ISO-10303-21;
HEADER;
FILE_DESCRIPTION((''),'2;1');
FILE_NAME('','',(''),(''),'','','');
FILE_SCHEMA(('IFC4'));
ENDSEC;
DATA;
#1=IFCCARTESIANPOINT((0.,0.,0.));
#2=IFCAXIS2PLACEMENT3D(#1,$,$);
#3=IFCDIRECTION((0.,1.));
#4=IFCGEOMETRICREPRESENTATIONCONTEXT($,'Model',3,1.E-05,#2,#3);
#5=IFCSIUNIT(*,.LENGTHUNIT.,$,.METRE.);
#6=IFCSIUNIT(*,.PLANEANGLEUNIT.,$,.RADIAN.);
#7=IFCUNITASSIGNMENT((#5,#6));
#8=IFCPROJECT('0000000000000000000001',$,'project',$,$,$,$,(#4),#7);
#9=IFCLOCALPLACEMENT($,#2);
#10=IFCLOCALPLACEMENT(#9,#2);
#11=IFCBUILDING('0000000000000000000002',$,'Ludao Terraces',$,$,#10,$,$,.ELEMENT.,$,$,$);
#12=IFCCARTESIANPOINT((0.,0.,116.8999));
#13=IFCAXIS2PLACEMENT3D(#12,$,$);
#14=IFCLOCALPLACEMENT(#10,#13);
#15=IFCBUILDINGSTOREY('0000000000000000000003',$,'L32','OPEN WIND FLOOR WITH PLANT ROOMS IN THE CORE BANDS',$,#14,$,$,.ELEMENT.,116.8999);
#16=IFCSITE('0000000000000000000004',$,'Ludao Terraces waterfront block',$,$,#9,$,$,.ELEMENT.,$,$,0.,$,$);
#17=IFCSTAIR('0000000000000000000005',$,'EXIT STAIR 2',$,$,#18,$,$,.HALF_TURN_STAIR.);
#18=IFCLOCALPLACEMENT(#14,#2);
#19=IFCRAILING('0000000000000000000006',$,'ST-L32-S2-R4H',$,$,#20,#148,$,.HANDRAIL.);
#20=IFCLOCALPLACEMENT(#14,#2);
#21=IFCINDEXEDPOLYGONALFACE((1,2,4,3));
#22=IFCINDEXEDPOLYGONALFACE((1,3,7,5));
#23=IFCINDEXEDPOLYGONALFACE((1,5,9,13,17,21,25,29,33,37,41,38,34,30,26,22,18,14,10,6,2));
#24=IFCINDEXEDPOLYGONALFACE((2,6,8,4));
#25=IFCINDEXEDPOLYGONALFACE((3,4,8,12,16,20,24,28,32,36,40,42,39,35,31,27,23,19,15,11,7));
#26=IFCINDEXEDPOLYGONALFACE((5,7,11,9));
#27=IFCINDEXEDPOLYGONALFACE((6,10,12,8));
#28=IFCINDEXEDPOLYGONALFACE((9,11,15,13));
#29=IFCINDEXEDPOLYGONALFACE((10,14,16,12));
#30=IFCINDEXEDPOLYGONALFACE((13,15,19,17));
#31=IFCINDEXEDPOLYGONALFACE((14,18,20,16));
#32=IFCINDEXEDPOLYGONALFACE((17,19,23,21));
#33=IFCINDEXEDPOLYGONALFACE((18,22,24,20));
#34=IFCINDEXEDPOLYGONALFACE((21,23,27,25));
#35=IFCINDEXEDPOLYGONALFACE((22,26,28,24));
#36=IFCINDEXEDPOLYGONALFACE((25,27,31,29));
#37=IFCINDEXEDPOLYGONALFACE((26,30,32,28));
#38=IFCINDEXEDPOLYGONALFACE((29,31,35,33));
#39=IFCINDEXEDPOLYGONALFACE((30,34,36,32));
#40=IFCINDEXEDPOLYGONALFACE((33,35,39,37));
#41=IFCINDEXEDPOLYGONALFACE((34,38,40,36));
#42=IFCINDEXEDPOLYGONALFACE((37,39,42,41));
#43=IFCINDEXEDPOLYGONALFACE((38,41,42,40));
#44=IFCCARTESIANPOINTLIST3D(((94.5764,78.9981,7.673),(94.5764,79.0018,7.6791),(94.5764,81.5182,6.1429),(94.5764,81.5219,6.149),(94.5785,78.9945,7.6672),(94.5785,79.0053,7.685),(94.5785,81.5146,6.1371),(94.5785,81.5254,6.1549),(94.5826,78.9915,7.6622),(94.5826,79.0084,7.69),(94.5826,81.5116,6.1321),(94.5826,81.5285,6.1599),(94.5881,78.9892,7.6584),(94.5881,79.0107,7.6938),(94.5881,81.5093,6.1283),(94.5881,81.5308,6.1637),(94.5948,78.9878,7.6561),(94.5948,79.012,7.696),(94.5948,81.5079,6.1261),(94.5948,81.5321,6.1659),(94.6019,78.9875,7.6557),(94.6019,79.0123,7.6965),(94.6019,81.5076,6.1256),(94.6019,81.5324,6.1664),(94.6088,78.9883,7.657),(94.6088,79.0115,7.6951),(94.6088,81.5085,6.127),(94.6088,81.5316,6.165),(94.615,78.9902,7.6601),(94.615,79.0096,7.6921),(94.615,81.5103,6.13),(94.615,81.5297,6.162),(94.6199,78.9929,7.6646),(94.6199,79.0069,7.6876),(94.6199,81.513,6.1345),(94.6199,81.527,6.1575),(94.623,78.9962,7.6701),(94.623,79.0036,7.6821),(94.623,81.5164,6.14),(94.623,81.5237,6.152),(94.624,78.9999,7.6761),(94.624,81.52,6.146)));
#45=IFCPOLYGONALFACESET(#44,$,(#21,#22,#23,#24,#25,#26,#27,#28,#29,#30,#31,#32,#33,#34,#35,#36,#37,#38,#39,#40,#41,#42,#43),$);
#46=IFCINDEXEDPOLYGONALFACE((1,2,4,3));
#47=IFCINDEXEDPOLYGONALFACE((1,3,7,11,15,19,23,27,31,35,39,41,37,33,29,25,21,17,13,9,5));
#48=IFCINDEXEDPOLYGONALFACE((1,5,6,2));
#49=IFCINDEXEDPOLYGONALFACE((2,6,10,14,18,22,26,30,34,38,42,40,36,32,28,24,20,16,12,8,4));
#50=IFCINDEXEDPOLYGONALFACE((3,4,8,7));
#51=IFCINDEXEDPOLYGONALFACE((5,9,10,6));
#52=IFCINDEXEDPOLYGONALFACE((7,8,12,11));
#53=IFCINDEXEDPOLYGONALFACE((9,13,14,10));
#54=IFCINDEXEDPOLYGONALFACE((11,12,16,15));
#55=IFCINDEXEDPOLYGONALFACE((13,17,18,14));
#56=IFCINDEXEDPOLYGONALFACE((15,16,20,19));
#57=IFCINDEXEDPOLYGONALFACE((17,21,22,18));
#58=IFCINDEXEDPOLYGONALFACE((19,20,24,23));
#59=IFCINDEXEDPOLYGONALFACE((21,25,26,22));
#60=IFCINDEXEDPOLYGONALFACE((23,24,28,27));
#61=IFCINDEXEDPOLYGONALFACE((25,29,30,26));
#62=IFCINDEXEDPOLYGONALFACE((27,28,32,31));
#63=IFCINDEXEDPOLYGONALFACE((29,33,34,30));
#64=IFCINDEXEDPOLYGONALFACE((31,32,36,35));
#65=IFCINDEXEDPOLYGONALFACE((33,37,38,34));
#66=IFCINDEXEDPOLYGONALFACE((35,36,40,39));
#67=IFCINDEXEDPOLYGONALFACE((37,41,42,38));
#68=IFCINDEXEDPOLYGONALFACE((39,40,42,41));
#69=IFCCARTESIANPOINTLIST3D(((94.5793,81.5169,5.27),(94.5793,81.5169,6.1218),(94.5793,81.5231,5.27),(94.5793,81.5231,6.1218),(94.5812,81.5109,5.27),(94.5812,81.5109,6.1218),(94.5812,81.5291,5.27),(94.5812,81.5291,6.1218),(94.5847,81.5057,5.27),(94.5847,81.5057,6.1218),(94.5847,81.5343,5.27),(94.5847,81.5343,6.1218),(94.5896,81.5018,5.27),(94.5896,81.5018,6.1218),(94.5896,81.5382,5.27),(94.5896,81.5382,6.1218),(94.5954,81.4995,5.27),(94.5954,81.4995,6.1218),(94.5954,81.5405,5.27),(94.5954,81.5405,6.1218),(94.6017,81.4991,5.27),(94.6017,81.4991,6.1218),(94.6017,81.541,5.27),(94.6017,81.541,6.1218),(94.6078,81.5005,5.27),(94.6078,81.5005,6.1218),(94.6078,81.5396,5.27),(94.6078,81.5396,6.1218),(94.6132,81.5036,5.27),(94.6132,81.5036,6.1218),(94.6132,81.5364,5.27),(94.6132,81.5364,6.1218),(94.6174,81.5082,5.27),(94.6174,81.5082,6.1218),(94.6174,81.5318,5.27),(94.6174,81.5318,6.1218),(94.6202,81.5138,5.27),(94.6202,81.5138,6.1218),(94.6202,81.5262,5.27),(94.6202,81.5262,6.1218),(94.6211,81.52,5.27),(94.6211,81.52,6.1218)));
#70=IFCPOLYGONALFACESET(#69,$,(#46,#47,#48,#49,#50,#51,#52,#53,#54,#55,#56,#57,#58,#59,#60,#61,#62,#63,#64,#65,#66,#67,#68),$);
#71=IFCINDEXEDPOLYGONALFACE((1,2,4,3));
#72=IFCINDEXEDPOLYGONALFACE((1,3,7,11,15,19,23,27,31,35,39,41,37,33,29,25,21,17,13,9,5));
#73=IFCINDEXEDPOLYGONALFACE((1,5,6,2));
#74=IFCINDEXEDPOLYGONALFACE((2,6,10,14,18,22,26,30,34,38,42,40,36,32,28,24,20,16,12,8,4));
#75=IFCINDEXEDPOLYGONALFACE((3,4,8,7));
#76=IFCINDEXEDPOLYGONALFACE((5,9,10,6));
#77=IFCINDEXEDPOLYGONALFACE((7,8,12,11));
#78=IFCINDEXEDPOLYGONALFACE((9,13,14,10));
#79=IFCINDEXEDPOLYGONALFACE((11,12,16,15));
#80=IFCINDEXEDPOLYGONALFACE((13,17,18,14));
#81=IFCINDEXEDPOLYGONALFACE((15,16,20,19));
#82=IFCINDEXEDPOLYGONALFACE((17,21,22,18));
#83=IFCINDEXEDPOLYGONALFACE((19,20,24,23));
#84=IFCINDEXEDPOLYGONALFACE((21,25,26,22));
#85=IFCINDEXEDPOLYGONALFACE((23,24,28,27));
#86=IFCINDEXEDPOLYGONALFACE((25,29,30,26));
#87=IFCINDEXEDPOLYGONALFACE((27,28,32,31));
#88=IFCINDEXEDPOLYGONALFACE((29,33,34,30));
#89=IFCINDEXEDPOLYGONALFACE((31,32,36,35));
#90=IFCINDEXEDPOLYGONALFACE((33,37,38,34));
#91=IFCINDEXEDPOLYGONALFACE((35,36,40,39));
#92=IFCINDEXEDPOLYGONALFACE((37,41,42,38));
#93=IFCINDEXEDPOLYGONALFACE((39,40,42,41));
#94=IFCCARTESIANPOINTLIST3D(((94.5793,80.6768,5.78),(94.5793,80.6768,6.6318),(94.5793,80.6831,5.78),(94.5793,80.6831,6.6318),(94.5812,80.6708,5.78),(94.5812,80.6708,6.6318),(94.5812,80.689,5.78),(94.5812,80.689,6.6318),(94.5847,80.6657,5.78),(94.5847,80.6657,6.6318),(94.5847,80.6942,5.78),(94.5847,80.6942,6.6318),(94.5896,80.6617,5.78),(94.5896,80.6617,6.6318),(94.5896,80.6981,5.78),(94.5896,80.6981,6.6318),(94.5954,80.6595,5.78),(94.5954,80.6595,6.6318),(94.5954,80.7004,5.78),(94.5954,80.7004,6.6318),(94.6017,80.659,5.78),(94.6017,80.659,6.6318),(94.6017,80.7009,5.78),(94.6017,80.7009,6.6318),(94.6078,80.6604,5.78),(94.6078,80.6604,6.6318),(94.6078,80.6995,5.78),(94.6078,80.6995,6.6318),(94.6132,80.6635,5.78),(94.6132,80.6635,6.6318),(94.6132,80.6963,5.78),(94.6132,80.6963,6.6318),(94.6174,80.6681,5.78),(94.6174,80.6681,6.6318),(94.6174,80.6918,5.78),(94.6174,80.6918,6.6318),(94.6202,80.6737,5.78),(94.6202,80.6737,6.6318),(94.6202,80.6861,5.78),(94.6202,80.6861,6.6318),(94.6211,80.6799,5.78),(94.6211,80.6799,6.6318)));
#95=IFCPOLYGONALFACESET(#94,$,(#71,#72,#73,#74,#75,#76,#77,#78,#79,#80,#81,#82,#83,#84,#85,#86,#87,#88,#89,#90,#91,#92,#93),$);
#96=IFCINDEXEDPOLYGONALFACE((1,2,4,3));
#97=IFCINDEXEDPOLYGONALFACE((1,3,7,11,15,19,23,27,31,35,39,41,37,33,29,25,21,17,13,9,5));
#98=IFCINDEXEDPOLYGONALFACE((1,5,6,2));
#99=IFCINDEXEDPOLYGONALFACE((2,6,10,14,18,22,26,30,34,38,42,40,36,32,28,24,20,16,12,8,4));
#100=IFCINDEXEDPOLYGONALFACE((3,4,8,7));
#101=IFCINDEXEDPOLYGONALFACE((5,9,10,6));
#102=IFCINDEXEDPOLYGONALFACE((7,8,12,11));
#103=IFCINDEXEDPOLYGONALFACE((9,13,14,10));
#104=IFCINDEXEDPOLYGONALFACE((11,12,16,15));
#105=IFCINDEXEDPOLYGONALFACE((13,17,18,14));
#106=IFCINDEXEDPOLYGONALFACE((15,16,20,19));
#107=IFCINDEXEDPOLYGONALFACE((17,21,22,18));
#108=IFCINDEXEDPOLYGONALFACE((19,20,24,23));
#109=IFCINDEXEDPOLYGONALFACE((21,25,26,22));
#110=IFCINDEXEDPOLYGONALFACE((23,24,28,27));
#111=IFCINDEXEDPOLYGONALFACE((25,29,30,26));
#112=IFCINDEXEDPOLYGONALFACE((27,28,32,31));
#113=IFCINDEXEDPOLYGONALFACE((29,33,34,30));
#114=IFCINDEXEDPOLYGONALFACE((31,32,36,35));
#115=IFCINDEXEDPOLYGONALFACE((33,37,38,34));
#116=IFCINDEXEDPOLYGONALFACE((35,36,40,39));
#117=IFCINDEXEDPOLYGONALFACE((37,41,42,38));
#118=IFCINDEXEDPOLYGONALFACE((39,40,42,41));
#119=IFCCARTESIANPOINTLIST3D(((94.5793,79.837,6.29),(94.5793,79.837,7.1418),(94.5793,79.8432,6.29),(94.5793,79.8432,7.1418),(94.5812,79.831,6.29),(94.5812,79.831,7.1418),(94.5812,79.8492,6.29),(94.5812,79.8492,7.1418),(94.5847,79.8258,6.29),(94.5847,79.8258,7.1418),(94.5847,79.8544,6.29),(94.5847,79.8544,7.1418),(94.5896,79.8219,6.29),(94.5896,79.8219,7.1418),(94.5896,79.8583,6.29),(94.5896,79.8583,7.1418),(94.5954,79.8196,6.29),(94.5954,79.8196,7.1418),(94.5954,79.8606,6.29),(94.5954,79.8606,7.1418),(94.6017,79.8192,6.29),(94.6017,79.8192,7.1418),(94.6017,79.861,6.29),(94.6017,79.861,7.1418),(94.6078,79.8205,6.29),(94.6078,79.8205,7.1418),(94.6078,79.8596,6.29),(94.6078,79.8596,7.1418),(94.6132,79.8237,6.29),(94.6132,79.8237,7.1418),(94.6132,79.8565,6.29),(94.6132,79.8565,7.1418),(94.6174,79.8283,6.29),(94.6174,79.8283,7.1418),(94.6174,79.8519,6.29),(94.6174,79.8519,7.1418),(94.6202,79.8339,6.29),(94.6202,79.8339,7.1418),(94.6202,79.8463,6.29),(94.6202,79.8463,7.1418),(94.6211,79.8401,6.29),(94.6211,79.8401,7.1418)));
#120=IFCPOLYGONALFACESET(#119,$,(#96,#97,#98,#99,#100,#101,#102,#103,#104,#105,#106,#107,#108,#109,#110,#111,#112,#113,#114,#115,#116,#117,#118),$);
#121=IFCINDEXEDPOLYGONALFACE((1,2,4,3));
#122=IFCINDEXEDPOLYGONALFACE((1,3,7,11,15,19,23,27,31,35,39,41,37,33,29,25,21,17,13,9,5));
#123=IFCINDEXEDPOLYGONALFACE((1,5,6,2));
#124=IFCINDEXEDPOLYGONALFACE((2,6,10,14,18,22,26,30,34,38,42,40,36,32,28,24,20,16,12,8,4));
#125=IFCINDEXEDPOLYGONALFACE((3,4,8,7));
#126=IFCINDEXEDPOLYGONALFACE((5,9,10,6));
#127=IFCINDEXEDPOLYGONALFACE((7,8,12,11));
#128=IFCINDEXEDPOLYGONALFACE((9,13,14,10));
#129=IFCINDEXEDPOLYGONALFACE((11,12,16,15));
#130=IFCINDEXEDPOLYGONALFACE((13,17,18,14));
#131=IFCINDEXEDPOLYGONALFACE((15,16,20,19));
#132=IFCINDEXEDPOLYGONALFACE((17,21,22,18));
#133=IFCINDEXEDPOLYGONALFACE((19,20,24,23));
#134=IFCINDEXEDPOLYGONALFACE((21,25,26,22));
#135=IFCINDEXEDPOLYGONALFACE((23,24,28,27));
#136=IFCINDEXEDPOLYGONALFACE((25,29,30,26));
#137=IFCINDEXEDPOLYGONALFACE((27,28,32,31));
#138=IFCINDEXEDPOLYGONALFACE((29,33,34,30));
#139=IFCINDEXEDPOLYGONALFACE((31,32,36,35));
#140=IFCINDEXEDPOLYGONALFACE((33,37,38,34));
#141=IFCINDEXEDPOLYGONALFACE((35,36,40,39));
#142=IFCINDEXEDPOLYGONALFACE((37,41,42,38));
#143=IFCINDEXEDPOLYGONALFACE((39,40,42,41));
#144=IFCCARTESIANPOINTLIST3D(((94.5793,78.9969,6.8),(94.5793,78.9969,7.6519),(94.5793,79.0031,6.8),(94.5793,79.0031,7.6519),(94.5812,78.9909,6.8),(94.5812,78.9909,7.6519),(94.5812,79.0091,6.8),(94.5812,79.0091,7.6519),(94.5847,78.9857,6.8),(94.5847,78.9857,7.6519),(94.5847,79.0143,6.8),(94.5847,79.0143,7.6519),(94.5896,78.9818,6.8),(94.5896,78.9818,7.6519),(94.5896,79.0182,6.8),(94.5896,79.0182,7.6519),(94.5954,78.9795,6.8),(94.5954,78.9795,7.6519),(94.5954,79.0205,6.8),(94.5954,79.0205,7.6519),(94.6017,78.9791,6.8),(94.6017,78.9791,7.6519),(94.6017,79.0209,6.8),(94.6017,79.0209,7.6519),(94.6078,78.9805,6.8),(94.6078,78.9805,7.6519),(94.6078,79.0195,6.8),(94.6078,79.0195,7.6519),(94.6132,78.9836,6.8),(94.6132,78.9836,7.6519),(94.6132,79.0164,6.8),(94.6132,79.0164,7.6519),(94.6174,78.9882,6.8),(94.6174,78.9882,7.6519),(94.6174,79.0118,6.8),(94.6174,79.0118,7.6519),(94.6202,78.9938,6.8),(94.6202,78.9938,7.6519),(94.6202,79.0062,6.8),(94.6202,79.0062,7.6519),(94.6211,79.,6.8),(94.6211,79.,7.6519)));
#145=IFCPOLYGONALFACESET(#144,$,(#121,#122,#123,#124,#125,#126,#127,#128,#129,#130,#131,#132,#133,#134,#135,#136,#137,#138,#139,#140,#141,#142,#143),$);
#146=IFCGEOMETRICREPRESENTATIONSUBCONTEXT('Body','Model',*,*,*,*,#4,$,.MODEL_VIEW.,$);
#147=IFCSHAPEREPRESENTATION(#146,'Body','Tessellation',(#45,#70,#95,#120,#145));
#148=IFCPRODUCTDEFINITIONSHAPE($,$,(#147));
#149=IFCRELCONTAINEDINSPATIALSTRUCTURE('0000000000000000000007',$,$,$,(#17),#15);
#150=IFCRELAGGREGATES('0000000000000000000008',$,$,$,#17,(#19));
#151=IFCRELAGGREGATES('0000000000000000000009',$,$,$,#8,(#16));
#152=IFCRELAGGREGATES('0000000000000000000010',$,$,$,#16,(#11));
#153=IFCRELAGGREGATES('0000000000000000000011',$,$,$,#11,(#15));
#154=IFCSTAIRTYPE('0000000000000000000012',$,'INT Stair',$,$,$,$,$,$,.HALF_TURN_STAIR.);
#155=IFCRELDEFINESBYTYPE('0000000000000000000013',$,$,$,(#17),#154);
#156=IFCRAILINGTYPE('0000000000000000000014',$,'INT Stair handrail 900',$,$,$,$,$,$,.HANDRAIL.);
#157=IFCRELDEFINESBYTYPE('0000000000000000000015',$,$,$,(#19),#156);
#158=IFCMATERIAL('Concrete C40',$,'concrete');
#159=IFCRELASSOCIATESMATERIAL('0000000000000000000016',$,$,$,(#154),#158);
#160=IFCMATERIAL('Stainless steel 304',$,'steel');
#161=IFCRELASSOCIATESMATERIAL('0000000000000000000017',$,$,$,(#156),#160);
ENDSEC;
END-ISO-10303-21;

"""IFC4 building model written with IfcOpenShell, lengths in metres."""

from ifc_helpers import new_model, si_unit, direction, frame, origin, origin_2d, place, context, subcontext, project, spatial, circle, extrude, material, type_object, element, aggregate, save


model = new_model("IFC4")

# Units and contexts
model_context = context("Model", 3, precision=1e-05, world=origin(), true_north=direction((0.0, 1.0)))
body_context = subcontext(model_context, "Body", "Model", "MODEL_VIEW")
ifc_project = project(units=[si_unit("LENGTHUNIT", "METRE"), si_unit("PLANEANGLEUNIT", "RADIAN")], contexts=[model_context])

# Site, building, storey
site_placement = place(None, origin())
site = spatial("IfcSite", under=ifc_project, at=site_placement, Name="Ludao Terraces waterfront block", CompositionType="ELEMENT", RefElevation=0.0)
building_placement = place(site_placement, origin())
building = spatial("IfcBuilding", under=site, at=building_placement, Name="Ludao Terraces", CompositionType="ELEMENT")
storey_placement = place(building_placement, frame((0.0, 0.0, 116.8999)))
storey = spatial("IfcBuildingStorey", under=building, at=storey_placement, Name="L32", Description="OPEN WIND FLOOR WITH PLANT ROOMS IN THE CORE BANDS", CompositionType="ELEMENT", Elevation=116.8999)

# Stair, railing
ifc_material_1 = material(Name="Concrete C40", Category="concrete")
stair_type = type_object("IfcStairType", Name="INT Stair", PredefinedType="HALF_TURN_STAIR", material=ifc_material_1)
stair_placement = place(storey_placement, origin())
stair = element("IfcStair", 1, at=stair_placement, inside=storey, type_object=stair_type, Name="EXIT STAIR 2", PredefinedType="HALF_TURN_STAIR")
ifc_material_2 = material(Name="Stainless steel 304", Category="steel")
railing_type_1 = type_object("IfcRailingType", Name="INT Stair handrail 900", PredefinedType="HANDRAIL", material=ifc_material_2)
railing_1_placement = place(storey_placement, frame((94.6001, 81.52, 5.27)))
railing_1 = element("IfcRailing", 2, at=railing_1_placement, type_object=railing_type_1, Name="ST-L32-S2-R4H", PredefinedType="HANDRAIL", context=body_context, shape_type="SweptSolid", body=[
    extrude(circle(Radius=0.0239, at=origin_2d()), frame((0.0, 0.0, 0.876), z_axis=(0.0, -0.854785, 0.518982), x_axis=(1.0, 0.0, 0.0)), (0.0, 0.0, 1.0), 2.9482),
    extrude(circle(Radius=0.021, at=origin_2d()), origin(), (0.0, 0.0, 1.0), 0.8518),
    extrude(circle(Radius=0.021, at=origin_2d()), frame((0.0, -0.8401, 0.51)), (0.0, 0.0, 1.0), 0.8518),
    extrude(circle(Radius=0.021, at=origin_2d()), frame((0.0, -1.6799, 1.02)), (0.0, 0.0, 1.0), 0.8518),
    extrude(circle(Radius=0.021, at=origin_2d()), frame((0.0, -2.52, 1.53)), (0.0, 0.0, 1.0), 0.8518),
])
aggregate(stair, [railing_1])

save(model, "model.ifc")
